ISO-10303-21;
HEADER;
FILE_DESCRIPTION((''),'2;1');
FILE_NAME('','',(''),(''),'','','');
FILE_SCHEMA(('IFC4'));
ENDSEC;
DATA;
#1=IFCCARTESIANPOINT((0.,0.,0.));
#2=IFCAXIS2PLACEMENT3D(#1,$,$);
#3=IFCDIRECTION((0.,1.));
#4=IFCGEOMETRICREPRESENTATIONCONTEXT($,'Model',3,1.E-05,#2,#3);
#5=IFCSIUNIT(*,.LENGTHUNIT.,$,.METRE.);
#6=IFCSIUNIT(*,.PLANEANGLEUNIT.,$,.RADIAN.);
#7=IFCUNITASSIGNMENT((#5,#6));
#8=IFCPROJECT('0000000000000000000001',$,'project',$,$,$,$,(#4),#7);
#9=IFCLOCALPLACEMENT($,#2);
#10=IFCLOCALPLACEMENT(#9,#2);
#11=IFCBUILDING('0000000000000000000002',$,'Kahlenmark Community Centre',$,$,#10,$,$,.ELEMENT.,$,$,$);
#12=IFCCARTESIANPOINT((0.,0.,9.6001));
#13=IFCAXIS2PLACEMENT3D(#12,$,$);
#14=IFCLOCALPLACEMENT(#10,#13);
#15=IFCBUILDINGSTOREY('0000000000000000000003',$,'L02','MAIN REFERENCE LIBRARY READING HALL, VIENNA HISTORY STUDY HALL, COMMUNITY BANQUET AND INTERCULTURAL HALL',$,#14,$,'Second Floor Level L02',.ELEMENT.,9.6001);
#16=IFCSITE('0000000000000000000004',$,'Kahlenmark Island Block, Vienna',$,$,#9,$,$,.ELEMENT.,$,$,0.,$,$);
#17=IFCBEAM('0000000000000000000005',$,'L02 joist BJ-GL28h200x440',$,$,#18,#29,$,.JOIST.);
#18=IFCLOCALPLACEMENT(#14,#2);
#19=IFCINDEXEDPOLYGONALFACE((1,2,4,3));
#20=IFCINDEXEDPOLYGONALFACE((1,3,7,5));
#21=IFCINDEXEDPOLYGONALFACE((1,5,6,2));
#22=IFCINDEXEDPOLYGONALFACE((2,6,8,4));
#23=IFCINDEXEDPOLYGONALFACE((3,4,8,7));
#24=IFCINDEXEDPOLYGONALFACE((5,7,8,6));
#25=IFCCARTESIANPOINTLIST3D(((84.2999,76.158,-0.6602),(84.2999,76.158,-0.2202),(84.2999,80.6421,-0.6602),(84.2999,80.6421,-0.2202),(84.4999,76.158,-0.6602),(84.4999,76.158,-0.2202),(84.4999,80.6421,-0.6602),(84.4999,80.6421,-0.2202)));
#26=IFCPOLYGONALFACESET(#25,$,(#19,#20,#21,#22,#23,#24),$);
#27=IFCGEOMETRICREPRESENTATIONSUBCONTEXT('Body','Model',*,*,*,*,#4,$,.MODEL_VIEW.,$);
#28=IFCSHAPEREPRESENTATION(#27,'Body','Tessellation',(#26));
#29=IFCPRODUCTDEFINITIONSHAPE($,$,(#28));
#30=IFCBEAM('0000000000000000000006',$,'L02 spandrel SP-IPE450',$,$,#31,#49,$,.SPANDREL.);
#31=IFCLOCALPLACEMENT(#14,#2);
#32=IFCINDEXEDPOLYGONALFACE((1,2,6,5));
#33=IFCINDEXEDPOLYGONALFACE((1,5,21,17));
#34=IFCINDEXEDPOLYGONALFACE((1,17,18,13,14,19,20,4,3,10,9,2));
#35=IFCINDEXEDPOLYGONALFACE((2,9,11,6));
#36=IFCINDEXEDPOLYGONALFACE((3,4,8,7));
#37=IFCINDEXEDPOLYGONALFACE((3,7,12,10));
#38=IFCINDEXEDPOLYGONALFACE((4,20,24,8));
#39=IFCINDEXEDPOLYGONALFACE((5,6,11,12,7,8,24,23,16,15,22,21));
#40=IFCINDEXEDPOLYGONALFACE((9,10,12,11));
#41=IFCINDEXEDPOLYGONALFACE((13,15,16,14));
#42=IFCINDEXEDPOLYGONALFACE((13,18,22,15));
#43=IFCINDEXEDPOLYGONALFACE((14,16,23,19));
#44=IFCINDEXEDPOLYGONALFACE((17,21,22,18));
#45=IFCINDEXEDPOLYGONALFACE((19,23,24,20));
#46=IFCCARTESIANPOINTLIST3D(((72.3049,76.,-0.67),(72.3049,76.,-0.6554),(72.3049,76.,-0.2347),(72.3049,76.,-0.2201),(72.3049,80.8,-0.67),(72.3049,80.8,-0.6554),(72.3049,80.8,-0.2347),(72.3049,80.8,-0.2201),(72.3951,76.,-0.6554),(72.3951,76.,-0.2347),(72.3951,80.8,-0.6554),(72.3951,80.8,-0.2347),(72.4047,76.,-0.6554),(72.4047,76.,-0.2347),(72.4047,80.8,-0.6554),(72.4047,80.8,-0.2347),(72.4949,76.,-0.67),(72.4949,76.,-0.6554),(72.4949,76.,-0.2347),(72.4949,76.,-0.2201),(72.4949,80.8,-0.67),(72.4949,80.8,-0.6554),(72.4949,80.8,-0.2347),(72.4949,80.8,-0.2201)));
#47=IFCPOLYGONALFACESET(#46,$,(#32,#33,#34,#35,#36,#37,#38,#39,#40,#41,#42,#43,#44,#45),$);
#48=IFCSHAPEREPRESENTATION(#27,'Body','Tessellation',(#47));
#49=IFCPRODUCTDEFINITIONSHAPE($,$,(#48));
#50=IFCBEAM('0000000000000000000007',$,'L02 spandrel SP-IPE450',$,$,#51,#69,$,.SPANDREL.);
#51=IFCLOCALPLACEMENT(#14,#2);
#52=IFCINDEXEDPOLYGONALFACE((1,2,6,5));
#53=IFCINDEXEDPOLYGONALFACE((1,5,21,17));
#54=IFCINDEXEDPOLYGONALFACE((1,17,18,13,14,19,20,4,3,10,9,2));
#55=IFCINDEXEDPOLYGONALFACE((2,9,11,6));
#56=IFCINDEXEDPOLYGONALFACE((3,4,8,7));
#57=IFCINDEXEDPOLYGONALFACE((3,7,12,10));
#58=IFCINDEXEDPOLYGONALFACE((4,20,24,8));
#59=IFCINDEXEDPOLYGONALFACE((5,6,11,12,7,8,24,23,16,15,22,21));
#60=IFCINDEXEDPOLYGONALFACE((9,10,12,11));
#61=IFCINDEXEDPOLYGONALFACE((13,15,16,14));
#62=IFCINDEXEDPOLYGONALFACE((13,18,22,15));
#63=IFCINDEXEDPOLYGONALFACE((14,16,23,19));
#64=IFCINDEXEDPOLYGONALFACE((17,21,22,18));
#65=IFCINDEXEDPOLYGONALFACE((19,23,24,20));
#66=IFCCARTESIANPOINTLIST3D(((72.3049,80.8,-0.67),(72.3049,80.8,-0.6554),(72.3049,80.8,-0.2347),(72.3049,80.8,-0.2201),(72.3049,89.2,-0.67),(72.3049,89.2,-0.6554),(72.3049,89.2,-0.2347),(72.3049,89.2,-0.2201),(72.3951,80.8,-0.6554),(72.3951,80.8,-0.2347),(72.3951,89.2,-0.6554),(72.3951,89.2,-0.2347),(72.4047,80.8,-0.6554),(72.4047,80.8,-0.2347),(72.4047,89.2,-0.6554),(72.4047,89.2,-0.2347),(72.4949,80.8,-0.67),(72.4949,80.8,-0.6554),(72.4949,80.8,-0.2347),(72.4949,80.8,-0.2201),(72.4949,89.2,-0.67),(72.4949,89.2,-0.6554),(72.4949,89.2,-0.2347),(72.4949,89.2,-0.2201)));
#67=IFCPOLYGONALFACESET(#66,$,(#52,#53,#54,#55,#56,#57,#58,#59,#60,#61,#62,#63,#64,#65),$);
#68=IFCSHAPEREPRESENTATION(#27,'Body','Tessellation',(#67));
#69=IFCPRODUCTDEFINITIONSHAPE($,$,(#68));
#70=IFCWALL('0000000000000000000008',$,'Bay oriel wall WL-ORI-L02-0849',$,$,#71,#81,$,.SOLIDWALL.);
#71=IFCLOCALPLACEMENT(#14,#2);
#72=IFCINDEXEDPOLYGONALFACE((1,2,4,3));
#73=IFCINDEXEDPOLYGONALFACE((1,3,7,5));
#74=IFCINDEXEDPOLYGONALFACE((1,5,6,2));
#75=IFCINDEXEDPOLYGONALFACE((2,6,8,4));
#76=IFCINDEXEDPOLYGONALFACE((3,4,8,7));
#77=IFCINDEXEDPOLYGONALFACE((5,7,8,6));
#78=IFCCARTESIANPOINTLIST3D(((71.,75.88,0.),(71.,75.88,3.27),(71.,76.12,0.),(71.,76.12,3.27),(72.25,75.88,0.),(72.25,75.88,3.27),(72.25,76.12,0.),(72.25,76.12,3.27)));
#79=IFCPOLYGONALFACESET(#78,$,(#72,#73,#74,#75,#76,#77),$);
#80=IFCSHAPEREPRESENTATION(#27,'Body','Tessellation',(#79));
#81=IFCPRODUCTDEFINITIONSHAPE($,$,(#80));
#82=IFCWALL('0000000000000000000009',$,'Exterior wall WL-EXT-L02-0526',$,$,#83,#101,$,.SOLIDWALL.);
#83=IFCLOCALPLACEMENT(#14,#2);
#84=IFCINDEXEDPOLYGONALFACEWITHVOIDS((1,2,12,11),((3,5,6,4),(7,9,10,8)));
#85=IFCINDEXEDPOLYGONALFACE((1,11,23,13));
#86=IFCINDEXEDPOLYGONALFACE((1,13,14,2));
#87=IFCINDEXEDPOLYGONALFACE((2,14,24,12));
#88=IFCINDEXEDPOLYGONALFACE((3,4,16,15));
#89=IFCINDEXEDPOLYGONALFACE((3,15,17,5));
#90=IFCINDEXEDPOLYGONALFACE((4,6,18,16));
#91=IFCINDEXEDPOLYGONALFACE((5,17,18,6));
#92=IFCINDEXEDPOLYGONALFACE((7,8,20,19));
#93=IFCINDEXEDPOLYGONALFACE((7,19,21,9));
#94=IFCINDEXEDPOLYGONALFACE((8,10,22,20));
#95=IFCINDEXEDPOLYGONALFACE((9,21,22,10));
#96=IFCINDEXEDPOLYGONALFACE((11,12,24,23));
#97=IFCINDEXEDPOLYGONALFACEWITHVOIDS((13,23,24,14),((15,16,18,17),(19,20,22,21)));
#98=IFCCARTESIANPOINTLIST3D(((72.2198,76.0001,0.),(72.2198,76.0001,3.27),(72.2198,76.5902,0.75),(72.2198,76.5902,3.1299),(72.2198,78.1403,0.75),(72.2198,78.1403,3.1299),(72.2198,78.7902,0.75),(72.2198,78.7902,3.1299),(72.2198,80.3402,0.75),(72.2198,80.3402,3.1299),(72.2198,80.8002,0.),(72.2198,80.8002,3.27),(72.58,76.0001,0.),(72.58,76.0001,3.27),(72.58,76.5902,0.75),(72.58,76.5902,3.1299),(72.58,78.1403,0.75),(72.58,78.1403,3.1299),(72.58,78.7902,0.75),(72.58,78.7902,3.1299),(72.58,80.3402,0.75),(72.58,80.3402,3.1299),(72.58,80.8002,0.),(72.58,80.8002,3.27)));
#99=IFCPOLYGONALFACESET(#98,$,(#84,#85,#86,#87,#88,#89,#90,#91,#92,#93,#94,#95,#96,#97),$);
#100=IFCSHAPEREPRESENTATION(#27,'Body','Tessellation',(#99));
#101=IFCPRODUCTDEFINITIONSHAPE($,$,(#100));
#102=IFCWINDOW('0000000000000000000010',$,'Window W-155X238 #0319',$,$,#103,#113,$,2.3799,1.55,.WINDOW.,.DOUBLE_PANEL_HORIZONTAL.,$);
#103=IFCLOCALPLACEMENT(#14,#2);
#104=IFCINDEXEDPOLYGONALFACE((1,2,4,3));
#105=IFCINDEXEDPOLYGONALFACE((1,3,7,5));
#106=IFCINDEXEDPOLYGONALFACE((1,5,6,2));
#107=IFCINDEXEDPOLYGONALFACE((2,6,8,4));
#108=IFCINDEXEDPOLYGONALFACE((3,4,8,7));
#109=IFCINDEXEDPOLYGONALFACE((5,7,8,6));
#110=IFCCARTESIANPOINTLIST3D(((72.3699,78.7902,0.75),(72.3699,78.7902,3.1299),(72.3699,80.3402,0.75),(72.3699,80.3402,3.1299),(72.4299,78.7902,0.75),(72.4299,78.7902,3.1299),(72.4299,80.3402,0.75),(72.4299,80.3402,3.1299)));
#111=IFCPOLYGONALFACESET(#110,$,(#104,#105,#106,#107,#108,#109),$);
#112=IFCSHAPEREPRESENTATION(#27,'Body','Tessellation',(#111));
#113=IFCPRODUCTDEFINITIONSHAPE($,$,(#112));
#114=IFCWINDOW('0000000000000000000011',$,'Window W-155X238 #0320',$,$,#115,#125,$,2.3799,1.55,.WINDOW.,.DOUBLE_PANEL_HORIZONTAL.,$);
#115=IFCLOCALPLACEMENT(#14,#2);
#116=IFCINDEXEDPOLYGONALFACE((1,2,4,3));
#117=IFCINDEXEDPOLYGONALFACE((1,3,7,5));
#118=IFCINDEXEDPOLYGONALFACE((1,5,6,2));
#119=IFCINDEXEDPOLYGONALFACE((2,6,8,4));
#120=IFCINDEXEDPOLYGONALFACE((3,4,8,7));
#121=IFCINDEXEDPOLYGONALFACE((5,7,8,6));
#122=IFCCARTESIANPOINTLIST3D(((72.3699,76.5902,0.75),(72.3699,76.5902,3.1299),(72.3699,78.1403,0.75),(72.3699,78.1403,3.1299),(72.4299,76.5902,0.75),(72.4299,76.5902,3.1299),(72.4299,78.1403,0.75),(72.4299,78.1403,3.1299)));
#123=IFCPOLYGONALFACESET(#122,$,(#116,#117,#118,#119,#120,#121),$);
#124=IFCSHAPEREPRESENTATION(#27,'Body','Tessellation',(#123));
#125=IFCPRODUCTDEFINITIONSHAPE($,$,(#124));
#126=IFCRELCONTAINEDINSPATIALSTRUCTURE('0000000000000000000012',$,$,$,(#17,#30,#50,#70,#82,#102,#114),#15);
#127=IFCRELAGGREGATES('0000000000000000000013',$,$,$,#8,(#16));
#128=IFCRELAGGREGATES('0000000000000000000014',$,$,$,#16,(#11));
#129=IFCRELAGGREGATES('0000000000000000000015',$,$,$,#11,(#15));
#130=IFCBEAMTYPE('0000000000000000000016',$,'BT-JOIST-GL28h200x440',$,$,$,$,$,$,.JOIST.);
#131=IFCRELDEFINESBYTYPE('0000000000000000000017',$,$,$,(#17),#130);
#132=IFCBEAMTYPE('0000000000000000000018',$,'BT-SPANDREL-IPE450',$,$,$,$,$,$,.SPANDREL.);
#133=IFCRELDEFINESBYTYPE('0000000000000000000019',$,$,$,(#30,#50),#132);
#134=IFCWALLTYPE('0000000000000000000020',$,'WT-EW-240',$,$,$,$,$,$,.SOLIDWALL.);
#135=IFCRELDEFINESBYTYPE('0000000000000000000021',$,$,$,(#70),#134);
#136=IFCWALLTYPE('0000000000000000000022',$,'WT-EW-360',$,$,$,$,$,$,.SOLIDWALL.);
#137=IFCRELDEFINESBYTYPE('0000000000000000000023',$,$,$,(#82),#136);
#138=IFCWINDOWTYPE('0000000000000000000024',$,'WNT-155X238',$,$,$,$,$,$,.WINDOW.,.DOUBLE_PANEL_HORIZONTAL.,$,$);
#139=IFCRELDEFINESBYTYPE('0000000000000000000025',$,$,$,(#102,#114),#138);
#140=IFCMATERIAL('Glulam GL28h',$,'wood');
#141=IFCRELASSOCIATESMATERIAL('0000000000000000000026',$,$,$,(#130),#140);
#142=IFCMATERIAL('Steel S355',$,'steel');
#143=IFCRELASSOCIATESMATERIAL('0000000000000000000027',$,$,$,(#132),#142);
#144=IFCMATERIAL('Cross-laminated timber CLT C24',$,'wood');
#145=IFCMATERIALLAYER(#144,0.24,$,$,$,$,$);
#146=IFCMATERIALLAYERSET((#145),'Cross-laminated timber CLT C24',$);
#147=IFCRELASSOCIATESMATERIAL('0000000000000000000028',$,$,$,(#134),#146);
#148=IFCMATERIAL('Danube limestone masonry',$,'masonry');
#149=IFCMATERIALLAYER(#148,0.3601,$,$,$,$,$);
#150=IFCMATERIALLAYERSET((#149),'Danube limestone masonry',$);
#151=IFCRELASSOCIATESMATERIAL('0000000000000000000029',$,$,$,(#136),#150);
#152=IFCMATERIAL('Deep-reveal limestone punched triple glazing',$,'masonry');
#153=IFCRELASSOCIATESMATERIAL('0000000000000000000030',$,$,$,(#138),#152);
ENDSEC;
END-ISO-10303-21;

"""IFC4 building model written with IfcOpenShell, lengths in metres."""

from ifc_helpers import new_model, si_unit, direction, frame, frame_2d, origin, origin_2d, place, context, subcontext, project, spatial, rectangle, i_section, extrude, material, layer, layer_set, material_profile, profile_set, type_object, element, fill, save


model = new_model("IFC4")

# Units and contexts
model_context = context("Model", 3, precision=1e-05, world=origin(), true_north=direction((0.0, 1.0)))
body_context = subcontext(model_context, "Body", "Model", "MODEL_VIEW")
ifc_project = project(units=[si_unit("LENGTHUNIT", "METRE"), si_unit("PLANEANGLEUNIT", "RADIAN")], contexts=[model_context])

# Site, building, storey
site_placement = place(None, origin())
site = spatial("IfcSite", under=ifc_project, at=site_placement, Name="Kahlenmark Island Block, Vienna", CompositionType="ELEMENT", RefElevation=0.0)
building_placement = place(site_placement, origin())
building = spatial("IfcBuilding", under=site, at=building_placement, Name="Kahlenmark Community Centre", CompositionType="ELEMENT")
storey_placement = place(building_placement, frame((0.0, 0.0, 9.6001)))
storey = spatial("IfcBuildingStorey", under=building, at=storey_placement, Name="L02", Description="MAIN REFERENCE LIBRARY READING HALL, VIENNA HISTORY STUDY HALL, COMMUNITY BANQUET AND INTERCULTURAL HALL", LongName="Second Floor Level L02", CompositionType="ELEMENT", Elevation=9.6001)

# Beams
ifc_material_1 = material(Name="Steel S355", Category="steel")
ifc_material_2 = material(Name="Glulam GL28h", Category="wood")
ifc_material_profile_1 = material_profile(ifc_material_2, rectangle(XDim=0.2, YDim=0.4399, at=origin_2d()), Name="GL28h 200x440")
ifc_profile_set_1 = profile_set([ifc_material_profile_1], Name="Glulam GL28h")
beam_type_1 = type_object("IfcBeamType", Name="BT-JOIST-GL28h200x440", PredefinedType="JOIST", material=ifc_profile_set_1)
for number, where, z_axis, x_axis, name in (
    (1, (84.3999, 76.158, -0.4402), (0.0, 1.0, 0.0), (-1.0, 0.0, 0.0), "L02 joist BJ-GL28h200x440"),
):
    element("IfcBeam", number, at=place(storey_placement, frame(where, z_axis=z_axis, x_axis=x_axis)), inside=storey, type_object=beam_type_1, Name=name, PredefinedType="JOIST", context=body_context, shape_type="SweptSolid", body=[
        extrude(rectangle(XDim=0.2, YDim=0.4399, at=origin_2d()), origin(), (0.0, 0.0, 1.0), 4.4841),
    ])
ifc_material_profile_2 = material_profile(ifc_material_1, i_section(OverallWidth=0.1899, OverallDepth=0.45, WebThickness=0.0095, FlangeThickness=0.0146, at=origin_2d()), Name="IPE 450")
ifc_profile_set_2 = profile_set([ifc_material_profile_2], Name="Steel S355")
beam_type_2 = type_object("IfcBeamType", Name="BT-SPANDREL-IPE450", PredefinedType="SPANDREL", material=ifc_profile_set_2)
beam_1_placement = place(storey_placement, frame((72.3999, 76.0, -0.4451), z_axis=(0.0, 1.0, 0.0), x_axis=(-1.0, 0.0, 0.0)))
element("IfcBeam", 2, at=beam_1_placement, inside=storey, type_object=beam_type_2, Name="L02 spandrel SP-IPE450", PredefinedType="SPANDREL", context=body_context, shape_type="SweptSolid", body=[
    extrude(i_section(OverallWidth=0.1899, OverallDepth=0.45, WebThickness=0.0095, FlangeThickness=0.0146, at=origin_2d()), origin(), (0.0, 0.0, 1.0), 4.8),
])
beam_2_placement = place(storey_placement, frame((72.3999, 80.8, -0.4451), z_axis=(0.0, 1.0, 0.0), x_axis=(-1.0, 0.0, 0.0)))
element("IfcBeam", 3, at=beam_2_placement, inside=storey, type_object=beam_type_2, Name="L02 spandrel SP-IPE450", PredefinedType="SPANDREL", context=body_context, shape_type="SweptSolid", body=[
    extrude(i_section(OverallWidth=0.1899, OverallDepth=0.45, WebThickness=0.0095, FlangeThickness=0.0146, at=origin_2d()), origin(), (0.0, 0.0, 1.0), 8.3999),
])

# Wall
ifc_material_3 = material(Name="Cross-laminated timber CLT C24", Category="wood")
ifc_layer_1 = layer(ifc_material_3, 0.24)
ifc_layer_set_1 = layer_set([ifc_layer_1], Name="Cross-laminated timber CLT C24")
wall_type_1 = type_object("IfcWallType", Name="WT-EW-240", PredefinedType="SOLIDWALL", material=ifc_layer_set_1)
wall_1_placement = place(storey_placement, frame((71.0, 76.0, 0.0), z_axis=(0.0, 0.0, 1.0), x_axis=(1.0, 0.0, 0.0)))
element("IfcWall", 4, at=wall_1_placement, inside=storey, type_object=wall_type_1, Name="Bay oriel wall WL-ORI-L02-0849", PredefinedType="SOLIDWALL", context=body_context, shape_type="SweptSolid", body=[
    extrude(rectangle(XDim=1.25, YDim=0.24, at=frame_2d((0.625, 0.0))), origin(), (0.0, 0.0, 1.0), 3.27),
])

# Wall, openings, windows
ifc_material_4 = material(Name="Danube limestone masonry", Category="masonry")
ifc_layer_2 = layer(ifc_material_4, 0.3601)
ifc_layer_set_2 = layer_set([ifc_layer_2], Name="Danube limestone masonry")
wall_type_2 = type_object("IfcWallType", Name="WT-EW-360", PredefinedType="SOLIDWALL", material=ifc_layer_set_2)
wall_2_placement = place(storey_placement, frame((72.3999, 80.8, 0.0), z_axis=(0.0, 0.0, 1.0), x_axis=(0.0, -1.0, 0.0)))
wall_2 = element("IfcWall", 5, at=wall_2_placement, inside=storey, type_object=wall_type_2, Name="Exterior wall WL-EXT-L02-0526", PredefinedType="SOLIDWALL", context=body_context, shape_type="SweptSolid", body=[
    extrude(rectangle(XDim=4.8, YDim=0.3601, at=frame_2d((2.3999, 0.0))), origin(), (0.0, 0.0, 1.0), 3.27),
])
opening_1_placement = place(wall_2_placement, frame((0.46, 0.0, 0.75)))
opening_1 = element("IfcOpeningElement", 6, at=opening_1_placement, cuts=wall_2, PredefinedType="OPENING", context=body_context, shape_type="SweptSolid", body=[
    extrude(rectangle(XDim=1.55, YDim=2.3799, at=frame_2d((0.7749, 1.1899))), frame((0.0, 0.1899, 0.0), z_axis=(0.0, -1.0, 0.0), x_axis=(1.0, 0.0, 0.0)), (0.0, 0.0, 1.0), 0.3801),
])
opening_2_placement = place(wall_2_placement, frame((2.6599, 0.0, 0.75)))
opening_2 = element("IfcOpeningElement", 7, at=opening_2_placement, cuts=wall_2, PredefinedType="OPENING", context=body_context, shape_type="SweptSolid", body=[
    extrude(rectangle(XDim=1.55, YDim=2.3799, at=frame_2d((0.7749, 1.1899))), frame((0.0, 0.1899, 0.0), z_axis=(0.0, -1.0, 0.0), x_axis=(1.0, 0.0, 0.0)), (0.0, 0.0, 1.0), 0.3801),
])
ifc_material_5 = material(Name="Deep-reveal limestone punched triple glazing", Category="masonry")
window_type = type_object("IfcWindowType", Name="WNT-155X238", PartitioningType="DOUBLE_PANEL_HORIZONTAL", PredefinedType="WINDOW", material=ifc_material_5)
window_1_placement = place(opening_1_placement, origin())
window_1 = element("IfcWindow", 8, at=window_1_placement, inside=storey, type_object=window_type, Name="Window W-155X238 #0319", OverallHeight=2.3799, OverallWidth=1.55, PartitioningType="DOUBLE_PANEL_HORIZONTAL", PredefinedType="WINDOW", context=body_context, shape_type="SweptSolid", body=[
    extrude(rectangle(XDim=1.55, YDim=2.3799, at=frame_2d((0.7749, 1.1899))), frame((0.0, 0.03, 0.0), z_axis=(0.0, -1.0, 0.0), x_axis=(1.0, 0.0, 0.0)), (0.0, 0.0, 1.0), 0.0601),
])
fill(opening_1, window_1)
window_2_placement = place(opening_2_placement, origin())
window_2 = element("IfcWindow", 9, at=window_2_placement, inside=storey, type_object=window_type, Name="Window W-155X238 #0320", OverallHeight=2.3799, OverallWidth=1.55, PartitioningType="DOUBLE_PANEL_HORIZONTAL", PredefinedType="WINDOW", context=body_context, shape_type="SweptSolid", body=[
    extrude(rectangle(XDim=1.55, YDim=2.3799, at=frame_2d((0.7749, 1.1899))), frame((0.0, 0.03, 0.0), z_axis=(0.0, -1.0, 0.0), x_axis=(1.0, 0.0, 0.0)), (0.0, 0.0, 1.0), 0.0601),
])
fill(opening_2, window_2)

save(model, "model.ifc")
